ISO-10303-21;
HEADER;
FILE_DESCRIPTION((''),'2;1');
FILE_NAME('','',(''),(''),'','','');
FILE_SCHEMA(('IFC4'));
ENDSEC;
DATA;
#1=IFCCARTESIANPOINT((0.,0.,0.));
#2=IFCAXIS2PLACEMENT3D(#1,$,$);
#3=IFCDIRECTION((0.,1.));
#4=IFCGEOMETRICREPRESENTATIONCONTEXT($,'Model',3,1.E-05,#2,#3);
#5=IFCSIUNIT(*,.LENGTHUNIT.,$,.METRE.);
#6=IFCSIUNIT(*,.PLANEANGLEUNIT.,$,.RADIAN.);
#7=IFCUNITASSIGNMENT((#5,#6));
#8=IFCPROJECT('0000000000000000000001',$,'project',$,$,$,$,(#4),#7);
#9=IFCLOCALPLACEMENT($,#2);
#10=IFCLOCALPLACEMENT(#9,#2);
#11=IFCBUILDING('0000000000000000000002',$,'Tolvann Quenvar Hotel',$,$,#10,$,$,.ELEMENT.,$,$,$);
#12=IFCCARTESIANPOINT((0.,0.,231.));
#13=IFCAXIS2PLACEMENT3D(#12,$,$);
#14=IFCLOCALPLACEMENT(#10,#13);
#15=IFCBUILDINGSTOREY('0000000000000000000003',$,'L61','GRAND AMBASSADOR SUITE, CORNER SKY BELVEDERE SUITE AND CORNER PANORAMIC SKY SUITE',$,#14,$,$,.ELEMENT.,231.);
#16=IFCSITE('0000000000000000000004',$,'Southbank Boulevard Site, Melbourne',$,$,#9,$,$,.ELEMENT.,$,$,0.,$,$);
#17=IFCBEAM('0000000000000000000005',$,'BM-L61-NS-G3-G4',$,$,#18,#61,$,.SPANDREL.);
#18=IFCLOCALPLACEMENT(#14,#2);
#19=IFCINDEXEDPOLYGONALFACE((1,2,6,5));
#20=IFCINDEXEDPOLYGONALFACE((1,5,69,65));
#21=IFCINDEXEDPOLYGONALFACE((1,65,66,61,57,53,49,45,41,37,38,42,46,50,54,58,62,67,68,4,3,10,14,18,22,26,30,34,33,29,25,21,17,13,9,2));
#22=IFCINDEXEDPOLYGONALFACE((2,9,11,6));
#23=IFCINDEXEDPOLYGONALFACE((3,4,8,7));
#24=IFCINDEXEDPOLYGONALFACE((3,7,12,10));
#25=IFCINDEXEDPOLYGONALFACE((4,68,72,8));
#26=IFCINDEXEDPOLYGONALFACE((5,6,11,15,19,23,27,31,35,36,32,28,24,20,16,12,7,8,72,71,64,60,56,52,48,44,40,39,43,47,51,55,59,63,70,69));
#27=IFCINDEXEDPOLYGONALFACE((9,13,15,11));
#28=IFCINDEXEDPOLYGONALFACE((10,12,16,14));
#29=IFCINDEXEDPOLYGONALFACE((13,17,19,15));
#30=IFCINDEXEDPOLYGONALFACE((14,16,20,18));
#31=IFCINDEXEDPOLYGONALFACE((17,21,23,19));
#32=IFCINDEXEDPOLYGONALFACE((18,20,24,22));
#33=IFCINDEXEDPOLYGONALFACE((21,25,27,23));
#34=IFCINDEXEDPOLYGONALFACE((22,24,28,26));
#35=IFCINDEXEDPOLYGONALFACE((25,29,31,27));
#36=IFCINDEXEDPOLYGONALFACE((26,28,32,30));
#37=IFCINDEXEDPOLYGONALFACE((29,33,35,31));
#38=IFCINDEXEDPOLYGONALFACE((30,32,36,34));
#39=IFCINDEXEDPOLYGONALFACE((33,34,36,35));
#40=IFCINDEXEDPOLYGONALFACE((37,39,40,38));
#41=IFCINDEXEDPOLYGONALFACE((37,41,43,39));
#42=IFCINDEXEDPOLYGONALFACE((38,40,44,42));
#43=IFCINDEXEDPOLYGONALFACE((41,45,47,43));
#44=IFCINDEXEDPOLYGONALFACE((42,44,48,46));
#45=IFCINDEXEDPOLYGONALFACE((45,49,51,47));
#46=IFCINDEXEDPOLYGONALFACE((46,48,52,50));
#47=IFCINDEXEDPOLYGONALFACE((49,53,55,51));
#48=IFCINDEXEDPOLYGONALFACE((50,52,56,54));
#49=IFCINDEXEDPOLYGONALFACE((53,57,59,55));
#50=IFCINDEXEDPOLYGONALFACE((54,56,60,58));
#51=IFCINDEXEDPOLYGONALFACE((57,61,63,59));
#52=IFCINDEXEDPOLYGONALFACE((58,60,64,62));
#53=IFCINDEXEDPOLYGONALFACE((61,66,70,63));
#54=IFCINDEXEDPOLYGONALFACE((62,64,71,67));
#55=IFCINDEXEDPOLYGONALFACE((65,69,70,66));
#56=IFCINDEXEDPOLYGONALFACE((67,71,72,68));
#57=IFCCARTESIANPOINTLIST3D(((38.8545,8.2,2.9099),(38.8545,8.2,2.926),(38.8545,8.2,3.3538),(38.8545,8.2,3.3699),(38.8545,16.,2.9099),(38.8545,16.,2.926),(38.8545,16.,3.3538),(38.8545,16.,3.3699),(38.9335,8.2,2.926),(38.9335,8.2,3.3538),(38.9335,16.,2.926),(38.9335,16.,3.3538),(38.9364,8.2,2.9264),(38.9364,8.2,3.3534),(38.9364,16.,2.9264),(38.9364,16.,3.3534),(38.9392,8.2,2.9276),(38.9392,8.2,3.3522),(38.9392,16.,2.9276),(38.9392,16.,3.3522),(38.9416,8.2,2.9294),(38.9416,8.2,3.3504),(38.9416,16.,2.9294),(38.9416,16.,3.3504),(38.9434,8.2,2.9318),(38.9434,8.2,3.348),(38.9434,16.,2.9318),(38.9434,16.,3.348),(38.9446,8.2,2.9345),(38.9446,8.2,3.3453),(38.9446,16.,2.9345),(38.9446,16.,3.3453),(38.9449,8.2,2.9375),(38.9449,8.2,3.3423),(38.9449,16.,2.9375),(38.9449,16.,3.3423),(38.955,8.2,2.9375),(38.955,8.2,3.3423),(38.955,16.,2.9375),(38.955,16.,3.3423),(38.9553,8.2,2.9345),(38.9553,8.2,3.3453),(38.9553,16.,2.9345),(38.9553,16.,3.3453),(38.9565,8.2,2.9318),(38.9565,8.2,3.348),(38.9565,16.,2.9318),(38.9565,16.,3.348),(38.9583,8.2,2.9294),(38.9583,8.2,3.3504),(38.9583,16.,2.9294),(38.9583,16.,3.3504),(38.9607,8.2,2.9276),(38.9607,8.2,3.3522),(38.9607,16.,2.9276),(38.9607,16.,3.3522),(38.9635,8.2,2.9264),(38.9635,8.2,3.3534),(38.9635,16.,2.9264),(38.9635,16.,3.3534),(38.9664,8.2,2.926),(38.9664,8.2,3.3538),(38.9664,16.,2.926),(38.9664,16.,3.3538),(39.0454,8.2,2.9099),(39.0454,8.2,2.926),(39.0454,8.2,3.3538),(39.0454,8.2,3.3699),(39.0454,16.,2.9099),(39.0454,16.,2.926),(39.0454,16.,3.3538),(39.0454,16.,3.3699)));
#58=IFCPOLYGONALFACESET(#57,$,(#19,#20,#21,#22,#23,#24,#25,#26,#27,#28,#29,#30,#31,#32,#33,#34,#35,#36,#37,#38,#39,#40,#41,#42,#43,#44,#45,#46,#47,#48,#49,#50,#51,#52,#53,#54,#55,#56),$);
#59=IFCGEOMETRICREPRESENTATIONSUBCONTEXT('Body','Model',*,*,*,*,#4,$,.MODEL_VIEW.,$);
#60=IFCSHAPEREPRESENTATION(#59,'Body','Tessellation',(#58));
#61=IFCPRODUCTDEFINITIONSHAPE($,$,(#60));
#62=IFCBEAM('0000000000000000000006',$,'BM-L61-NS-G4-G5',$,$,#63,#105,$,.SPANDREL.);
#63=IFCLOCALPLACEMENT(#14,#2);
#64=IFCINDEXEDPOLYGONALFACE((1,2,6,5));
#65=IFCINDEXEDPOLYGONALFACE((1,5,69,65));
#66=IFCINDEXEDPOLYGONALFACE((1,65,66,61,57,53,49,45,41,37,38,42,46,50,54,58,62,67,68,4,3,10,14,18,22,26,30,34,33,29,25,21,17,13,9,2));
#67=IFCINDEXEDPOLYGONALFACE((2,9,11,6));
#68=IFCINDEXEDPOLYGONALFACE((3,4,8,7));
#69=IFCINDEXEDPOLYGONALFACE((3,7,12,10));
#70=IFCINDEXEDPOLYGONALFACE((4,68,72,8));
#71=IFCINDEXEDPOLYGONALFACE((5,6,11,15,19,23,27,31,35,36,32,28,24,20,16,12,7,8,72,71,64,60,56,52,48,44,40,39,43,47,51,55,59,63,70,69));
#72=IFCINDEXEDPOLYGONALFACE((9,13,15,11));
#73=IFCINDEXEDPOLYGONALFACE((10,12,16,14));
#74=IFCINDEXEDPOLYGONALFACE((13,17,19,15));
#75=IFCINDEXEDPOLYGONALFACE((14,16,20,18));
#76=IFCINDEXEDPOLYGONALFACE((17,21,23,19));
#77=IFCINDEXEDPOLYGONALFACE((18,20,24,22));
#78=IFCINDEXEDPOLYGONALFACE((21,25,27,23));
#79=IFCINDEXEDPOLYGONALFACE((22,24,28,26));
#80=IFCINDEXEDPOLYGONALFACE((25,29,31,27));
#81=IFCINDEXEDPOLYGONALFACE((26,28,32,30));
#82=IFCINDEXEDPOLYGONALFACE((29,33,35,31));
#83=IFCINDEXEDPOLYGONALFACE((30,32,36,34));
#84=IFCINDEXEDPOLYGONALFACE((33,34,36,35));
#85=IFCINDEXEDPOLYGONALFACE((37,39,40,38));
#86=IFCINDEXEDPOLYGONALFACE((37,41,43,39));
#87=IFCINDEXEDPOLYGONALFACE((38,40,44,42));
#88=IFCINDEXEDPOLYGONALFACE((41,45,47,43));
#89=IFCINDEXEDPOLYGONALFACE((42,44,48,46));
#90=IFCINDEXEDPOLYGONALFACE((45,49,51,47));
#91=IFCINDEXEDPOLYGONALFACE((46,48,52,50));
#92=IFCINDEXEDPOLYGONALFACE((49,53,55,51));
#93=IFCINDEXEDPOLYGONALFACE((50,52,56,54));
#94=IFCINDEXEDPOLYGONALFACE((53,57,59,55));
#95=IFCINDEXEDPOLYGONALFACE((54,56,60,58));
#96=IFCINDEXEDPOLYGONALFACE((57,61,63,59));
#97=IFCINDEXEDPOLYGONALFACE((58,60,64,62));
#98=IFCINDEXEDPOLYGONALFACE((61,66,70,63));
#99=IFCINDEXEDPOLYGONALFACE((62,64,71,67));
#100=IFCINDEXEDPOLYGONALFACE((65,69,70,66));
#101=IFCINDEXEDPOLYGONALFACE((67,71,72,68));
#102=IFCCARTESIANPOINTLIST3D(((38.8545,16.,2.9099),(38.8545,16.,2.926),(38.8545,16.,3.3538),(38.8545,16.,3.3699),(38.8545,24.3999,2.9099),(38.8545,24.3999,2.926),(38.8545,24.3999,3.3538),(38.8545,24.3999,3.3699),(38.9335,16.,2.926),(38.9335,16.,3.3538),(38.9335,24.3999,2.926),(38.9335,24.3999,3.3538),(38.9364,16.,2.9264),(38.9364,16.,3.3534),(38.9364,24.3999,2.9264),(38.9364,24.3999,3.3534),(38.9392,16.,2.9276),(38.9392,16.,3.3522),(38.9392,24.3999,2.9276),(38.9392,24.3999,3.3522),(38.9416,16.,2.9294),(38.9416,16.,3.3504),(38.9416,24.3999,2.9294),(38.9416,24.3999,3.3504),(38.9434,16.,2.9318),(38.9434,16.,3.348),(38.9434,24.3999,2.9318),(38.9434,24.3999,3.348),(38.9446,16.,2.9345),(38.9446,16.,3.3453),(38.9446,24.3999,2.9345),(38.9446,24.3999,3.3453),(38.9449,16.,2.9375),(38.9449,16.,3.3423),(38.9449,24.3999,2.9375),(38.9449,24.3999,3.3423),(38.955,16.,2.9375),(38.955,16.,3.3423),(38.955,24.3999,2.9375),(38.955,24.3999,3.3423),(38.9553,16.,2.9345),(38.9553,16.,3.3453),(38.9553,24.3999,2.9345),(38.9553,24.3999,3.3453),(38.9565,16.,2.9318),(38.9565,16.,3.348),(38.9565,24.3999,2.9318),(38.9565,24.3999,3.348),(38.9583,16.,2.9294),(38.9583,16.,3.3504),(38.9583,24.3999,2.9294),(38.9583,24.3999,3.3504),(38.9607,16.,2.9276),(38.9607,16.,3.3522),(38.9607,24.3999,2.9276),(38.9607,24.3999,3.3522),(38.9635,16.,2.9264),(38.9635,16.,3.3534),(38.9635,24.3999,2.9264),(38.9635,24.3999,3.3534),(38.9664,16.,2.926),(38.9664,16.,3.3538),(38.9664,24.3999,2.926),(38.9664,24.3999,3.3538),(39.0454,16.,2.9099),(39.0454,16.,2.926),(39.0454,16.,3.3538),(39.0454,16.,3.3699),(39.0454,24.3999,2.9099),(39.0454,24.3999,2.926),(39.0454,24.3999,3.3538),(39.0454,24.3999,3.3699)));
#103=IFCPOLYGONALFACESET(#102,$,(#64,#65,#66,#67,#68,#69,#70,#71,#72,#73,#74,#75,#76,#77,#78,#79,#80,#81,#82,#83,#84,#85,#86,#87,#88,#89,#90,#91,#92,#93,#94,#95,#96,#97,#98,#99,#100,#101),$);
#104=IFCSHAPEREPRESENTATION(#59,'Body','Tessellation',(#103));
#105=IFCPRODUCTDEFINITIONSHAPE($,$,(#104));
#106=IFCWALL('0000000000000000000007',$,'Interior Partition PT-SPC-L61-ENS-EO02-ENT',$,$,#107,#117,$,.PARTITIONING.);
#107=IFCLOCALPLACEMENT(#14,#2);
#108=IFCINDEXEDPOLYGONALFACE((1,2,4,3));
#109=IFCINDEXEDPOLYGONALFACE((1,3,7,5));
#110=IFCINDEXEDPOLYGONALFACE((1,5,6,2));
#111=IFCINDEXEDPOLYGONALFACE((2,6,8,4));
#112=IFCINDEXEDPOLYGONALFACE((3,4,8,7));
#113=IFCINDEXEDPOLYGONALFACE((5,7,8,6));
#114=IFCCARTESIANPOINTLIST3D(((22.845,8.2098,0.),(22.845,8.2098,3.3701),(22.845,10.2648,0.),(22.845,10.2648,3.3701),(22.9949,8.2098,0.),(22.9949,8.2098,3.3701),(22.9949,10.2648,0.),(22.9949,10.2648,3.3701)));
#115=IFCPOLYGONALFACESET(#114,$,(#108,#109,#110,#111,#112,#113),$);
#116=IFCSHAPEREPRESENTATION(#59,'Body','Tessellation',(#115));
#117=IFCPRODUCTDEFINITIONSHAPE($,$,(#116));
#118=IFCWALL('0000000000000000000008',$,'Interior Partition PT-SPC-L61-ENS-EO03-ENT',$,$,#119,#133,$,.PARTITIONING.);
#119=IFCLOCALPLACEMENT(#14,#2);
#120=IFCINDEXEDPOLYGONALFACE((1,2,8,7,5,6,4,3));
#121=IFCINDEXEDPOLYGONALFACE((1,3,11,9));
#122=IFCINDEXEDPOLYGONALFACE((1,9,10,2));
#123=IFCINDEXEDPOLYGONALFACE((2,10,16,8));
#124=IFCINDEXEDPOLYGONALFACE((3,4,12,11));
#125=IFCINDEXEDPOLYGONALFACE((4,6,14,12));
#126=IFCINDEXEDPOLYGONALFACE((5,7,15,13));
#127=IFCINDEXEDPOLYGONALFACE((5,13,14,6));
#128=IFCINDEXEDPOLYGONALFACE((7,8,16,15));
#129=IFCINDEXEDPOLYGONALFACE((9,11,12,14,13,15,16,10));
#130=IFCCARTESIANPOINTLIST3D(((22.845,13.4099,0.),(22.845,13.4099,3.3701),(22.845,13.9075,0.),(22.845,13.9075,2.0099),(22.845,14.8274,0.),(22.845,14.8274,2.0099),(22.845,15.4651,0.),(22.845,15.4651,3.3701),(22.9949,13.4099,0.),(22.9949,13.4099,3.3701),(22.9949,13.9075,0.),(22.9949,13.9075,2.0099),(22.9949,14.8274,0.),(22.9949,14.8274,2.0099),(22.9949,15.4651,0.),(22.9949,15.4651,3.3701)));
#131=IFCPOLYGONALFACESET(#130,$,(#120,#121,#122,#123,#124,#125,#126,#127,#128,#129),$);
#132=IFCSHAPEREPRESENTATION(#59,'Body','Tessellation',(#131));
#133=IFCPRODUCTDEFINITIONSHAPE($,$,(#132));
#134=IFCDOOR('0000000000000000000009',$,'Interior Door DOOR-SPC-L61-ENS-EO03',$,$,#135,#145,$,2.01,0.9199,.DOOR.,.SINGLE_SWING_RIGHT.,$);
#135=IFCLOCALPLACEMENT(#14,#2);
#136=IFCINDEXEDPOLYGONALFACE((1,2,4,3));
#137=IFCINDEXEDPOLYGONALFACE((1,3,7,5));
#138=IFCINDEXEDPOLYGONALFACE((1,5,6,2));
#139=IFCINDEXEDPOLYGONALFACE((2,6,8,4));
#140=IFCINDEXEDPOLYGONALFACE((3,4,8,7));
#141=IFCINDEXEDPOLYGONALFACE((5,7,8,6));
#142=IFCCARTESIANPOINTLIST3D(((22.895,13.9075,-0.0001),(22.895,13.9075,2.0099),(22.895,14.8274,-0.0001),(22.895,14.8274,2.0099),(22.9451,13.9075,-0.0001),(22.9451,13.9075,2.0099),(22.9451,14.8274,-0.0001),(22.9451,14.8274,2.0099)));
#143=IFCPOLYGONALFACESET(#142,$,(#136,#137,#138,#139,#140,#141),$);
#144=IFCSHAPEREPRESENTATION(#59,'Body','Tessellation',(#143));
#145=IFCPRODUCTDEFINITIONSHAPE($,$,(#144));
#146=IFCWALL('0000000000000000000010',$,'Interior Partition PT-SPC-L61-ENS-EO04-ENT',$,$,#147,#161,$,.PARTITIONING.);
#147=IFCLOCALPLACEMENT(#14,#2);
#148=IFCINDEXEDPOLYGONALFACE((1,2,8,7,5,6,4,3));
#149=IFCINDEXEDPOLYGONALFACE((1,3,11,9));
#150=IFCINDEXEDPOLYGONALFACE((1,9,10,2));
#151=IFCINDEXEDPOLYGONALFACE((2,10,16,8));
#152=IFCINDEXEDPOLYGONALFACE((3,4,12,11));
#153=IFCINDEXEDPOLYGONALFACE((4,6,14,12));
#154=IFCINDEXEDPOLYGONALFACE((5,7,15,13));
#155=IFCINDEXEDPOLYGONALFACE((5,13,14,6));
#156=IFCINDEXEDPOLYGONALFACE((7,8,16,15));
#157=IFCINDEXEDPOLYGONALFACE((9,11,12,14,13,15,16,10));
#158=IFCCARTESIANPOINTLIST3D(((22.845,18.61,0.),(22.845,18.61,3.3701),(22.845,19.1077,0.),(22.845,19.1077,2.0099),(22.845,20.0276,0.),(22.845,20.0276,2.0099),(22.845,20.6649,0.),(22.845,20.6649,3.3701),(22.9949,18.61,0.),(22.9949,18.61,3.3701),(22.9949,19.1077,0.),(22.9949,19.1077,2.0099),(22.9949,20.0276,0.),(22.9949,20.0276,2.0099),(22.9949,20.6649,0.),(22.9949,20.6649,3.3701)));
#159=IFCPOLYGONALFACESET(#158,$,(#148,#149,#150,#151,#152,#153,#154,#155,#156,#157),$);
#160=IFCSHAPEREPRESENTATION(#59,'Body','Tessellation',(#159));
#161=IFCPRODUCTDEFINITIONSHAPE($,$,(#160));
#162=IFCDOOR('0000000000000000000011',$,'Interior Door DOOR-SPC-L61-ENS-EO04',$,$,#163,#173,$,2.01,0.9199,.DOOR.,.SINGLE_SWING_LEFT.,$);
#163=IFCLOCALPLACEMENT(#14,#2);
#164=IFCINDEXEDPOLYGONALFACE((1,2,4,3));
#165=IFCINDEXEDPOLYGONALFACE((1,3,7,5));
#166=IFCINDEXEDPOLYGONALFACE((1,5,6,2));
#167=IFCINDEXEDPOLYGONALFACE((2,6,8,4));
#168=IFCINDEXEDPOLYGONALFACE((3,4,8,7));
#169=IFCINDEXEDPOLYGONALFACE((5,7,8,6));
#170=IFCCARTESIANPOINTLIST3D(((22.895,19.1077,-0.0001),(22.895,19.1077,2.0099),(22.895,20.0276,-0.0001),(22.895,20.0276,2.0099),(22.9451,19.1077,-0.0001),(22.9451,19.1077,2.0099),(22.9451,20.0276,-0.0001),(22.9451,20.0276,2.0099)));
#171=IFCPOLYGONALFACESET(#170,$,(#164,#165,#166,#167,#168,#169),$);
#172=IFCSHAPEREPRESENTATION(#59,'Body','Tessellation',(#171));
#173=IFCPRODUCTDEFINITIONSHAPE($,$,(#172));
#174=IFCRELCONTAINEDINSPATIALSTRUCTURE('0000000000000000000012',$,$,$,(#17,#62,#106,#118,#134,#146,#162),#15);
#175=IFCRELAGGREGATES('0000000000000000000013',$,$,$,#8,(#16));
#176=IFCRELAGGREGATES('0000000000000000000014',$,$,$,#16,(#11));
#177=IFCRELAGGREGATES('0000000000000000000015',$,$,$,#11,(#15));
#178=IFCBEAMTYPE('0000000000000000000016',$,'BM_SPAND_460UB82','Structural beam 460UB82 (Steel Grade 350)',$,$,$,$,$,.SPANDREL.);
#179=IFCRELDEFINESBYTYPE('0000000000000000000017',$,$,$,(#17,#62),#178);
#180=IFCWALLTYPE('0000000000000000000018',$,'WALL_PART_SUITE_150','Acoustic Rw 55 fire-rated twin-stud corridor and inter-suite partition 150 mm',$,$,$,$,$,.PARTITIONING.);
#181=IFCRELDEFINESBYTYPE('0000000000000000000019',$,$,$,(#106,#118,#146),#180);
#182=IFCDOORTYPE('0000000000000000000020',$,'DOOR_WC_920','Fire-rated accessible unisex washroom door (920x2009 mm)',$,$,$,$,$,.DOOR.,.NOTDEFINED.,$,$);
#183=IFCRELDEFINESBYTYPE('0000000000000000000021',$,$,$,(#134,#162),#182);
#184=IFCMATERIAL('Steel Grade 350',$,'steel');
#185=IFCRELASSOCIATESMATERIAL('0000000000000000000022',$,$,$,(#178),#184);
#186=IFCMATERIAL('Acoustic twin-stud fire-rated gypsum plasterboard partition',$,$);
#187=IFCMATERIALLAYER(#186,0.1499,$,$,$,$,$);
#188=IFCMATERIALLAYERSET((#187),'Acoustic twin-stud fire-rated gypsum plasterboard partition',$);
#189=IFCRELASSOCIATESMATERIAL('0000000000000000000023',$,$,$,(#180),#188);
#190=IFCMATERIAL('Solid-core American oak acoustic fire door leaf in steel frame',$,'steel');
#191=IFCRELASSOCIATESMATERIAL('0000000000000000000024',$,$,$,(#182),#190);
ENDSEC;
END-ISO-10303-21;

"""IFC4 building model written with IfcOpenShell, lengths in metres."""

from ifc_helpers import new_model, si_unit, direction, frame, frame_2d, origin, origin_2d, place, context, subcontext, project, spatial, rectangle, i_section, extrude, source, transform, mapped, material, layer, layer_set, material_profile, profile_set, type_object, type_shapes, element, fill, save


model = new_model("IFC4")

# Units and contexts
model_context = context("Model", 3, precision=1e-05, world=origin(), true_north=direction((0.0, 1.0)))
body_context = subcontext(model_context, "Body", "Model", "MODEL_VIEW")
ifc_project = project(units=[si_unit("LENGTHUNIT", "METRE"), si_unit("PLANEANGLEUNIT", "RADIAN")], contexts=[model_context])

# Site, building, storey
site_placement = place(None, origin())
site = spatial("IfcSite", under=ifc_project, at=site_placement, Name="Southbank Boulevard Site, Melbourne", CompositionType="ELEMENT", RefElevation=0.0)
building_placement = place(site_placement, origin())
building = spatial("IfcBuilding", under=site, at=building_placement, Name="Tolvann Quenvar Hotel", CompositionType="ELEMENT")
storey_placement = place(building_placement, frame((0.0, 0.0, 231.0)))
storey = spatial("IfcBuildingStorey", under=building, at=storey_placement, Name="L61", Description="GRAND AMBASSADOR SUITE, CORNER SKY BELVEDERE SUITE AND CORNER PANORAMIC SKY SUITE", CompositionType="ELEMENT", Elevation=231.0)

# Shared definitions
ifc_material_1 = material(Name="Steel Grade 350", Category="steel")

# Beams
ifc_material_profile_1 = material_profile(ifc_material_1, i_section(OverallWidth=0.1909, OverallDepth=0.46, WebThickness=0.01, FlangeThickness=0.0161, FilletRadius=0.0115, at=origin_2d()), Name="460UB82")
ifc_profile_set_1 = profile_set([ifc_material_profile_1], Name="Steel Grade 350")
beam_type_1 = type_object("IfcBeamType", Name="BM_SPAND_460UB82", Description="Structural beam 460UB82 (Steel Grade 350)", PredefinedType="SPANDREL", material=ifc_profile_set_1)
shared_shape_1 = source(origin(), body_context, "Body", "SweptSolid", [
    extrude(i_section(OverallWidth=0.1909, OverallDepth=0.46, WebThickness=0.01, FlangeThickness=0.0161, FilletRadius=0.0115, at=origin_2d()), origin(), (0.0, 0.0, 1.0), 7.8),
])
beam_1_placement = place(storey_placement, frame((38.95, 8.2, 3.1399), z_axis=(0.0, 1.0, 0.0), x_axis=(-1.0, 0.0, 0.0)))
element("IfcBeam", 1, at=beam_1_placement, inside=storey, type_object=beam_type_1, Name="BM-L61-NS-G3-G4", PredefinedType="SPANDREL", context=body_context, shape_type="MappedRepresentation", body=[
    mapped(shared_shape_1, transform((0.0, 0.0, 0.0), x_axis=(1.0, 0.0, 0.0), y_axis=(0.0, 1.0, 0.0), z_axis=(0.0, 0.0, 1.0), scale=1.0)),
])
shared_shape_2 = source(origin(), body_context, "Body", "SweptSolid", [
    extrude(i_section(OverallWidth=0.1909, OverallDepth=0.46, WebThickness=0.01, FlangeThickness=0.0161, FilletRadius=0.0115, at=origin_2d()), origin(), (0.0, 0.0, 1.0), 8.3999),
])
type_shapes(beam_type_1, [shared_shape_1, shared_shape_2])
beam_2_placement = place(storey_placement, frame((38.95, 16.0, 3.1399), z_axis=(0.0, 1.0, 0.0), x_axis=(-1.0, 0.0, 0.0)))
element("IfcBeam", 2, at=beam_2_placement, inside=storey, type_object=beam_type_1, Name="BM-L61-NS-G4-G5", PredefinedType="SPANDREL", context=body_context, shape_type="MappedRepresentation", body=[
    mapped(shared_shape_2, transform((0.0, 0.0, 0.0), x_axis=(1.0, 0.0, 0.0), y_axis=(0.0, 1.0, 0.0), z_axis=(0.0, 0.0, 1.0), scale=1.0)),
])

# Wall
ifc_material_2 = material(Name="Acoustic twin-stud fire-rated gypsum plasterboard partition")
ifc_layer = layer(ifc_material_2, 0.1499)
ifc_layer_set = layer_set([ifc_layer], Name="Acoustic twin-stud fire-rated gypsum plasterboard partition")
wall_type = type_object("IfcWallType", Name="WALL_PART_SUITE_150", Description="Acoustic Rw 55 fire-rated twin-stud corridor and inter-suite partition 150 mm", PredefinedType="PARTITIONING", material=ifc_layer_set)
wall_1_placement = place(storey_placement, frame((22.9199, 8.21, 0.0), z_axis=(0.0, 0.0, 1.0), x_axis=(0.0, 1.0, 0.0)))
element("IfcWall", 3, at=wall_1_placement, inside=storey, type_object=wall_type, Name="Interior Partition PT-SPC-L61-ENS-EO02-ENT", PredefinedType="PARTITIONING", context=body_context, shape_type="SweptSolid", body=[
    extrude(rectangle(XDim=2.0549, YDim=0.1499, at=frame_2d((1.0273, 0.0))), origin(), (0.0, 0.0, 1.0), 3.3701),
])

# Walls, openings, doors
wall_2_placement = place(storey_placement, frame((22.9199, 13.4099, 0.0), z_axis=(0.0, 0.0, 1.0), x_axis=(0.0, 1.0, 0.0)))
wall_2 = element("IfcWall", 4, at=wall_2_placement, inside=storey, type_object=wall_type, Name="Interior Partition PT-SPC-L61-ENS-EO03-ENT", PredefinedType="PARTITIONING", context=body_context, shape_type="SweptSolid", body=[
    extrude(rectangle(XDim=2.0552, YDim=0.1499, at=frame_2d((1.0276, 0.0))), origin(), (0.0, 0.0, 1.0), 3.3701),
])
opening_1_placement = place(wall_2_placement, frame((0.4976, 0.0, 0.0)))
opening_1 = element("IfcOpeningElement", 5, at=opening_1_placement, cuts=wall_2, PredefinedType="OPENING", context=body_context, shape_type="SweptSolid", body=[
    extrude(rectangle(XDim=0.9199, YDim=2.01, at=frame_2d((0.46, 1.0049))), frame((0.0, 0.085, 0.0), z_axis=(0.0, -1.0, 0.0), x_axis=(1.0, 0.0, 0.0)), (0.0, 0.0, 1.0), 0.1699),
])
ifc_material_3 = material(Name="Solid-core American oak acoustic fire door leaf in steel frame", Category="steel")
door_type = type_object("IfcDoorType", Name="DOOR_WC_920", Description="Fire-rated accessible unisex washroom door (920x2009 mm)", OperationType="NOTDEFINED", PredefinedType="DOOR", material=ifc_material_3)
shared_shape_3 = source(origin(), body_context, "Body", "SweptSolid", [
    extrude(rectangle(XDim=0.9199, YDim=2.01, at=frame_2d((0.46, 1.0049))), frame((0.0, 0.0249, 0.0), z_axis=(0.0, -1.0, 0.0), x_axis=(1.0, 0.0, 0.0)), (0.0, 0.0, 1.0), 0.05),
])
type_shapes(door_type, [shared_shape_3])
door_1_placement = place(opening_1_placement, origin())
door_1 = element("IfcDoor", 6, at=door_1_placement, inside=storey, type_object=door_type, Name="Interior Door DOOR-SPC-L61-ENS-EO03", OperationType="SINGLE_SWING_RIGHT", OverallHeight=2.01, OverallWidth=0.9199, PredefinedType="DOOR", context=body_context, shape_type="MappedRepresentation", body=[
    mapped(shared_shape_3, transform((0.0, 0.0, 0.0), x_axis=(1.0, 0.0, 0.0), y_axis=(0.0, 1.0, 0.0), z_axis=(0.0, 0.0, 1.0), scale=1.0)),
])
fill(opening_1, door_1)
wall_3_placement = place(storey_placement, frame((22.9199, 18.6101, 0.0), z_axis=(0.0, 0.0, 1.0), x_axis=(0.0, 1.0, 0.0)))
wall_3 = element("IfcWall", 7, at=wall_3_placement, inside=storey, type_object=wall_type, Name="Interior Partition PT-SPC-L61-ENS-EO04-ENT", PredefinedType="PARTITIONING", context=body_context, shape_type="SweptSolid", body=[
    extrude(rectangle(XDim=2.0549, YDim=0.1499, at=frame_2d((1.0273, 0.0))), origin(), (0.0, 0.0, 1.0), 3.3701),
])
opening_2_placement = place(wall_3_placement, frame((0.4976, 0.0, 0.0)))
opening_2 = element("IfcOpeningElement", 8, at=opening_2_placement, cuts=wall_3, PredefinedType="OPENING", context=body_context, shape_type="SweptSolid", body=[
    extrude(rectangle(XDim=0.9199, YDim=2.01, at=frame_2d((0.46, 1.0049))), frame((0.0, 0.085, 0.0), z_axis=(0.0, -1.0, 0.0), x_axis=(1.0, 0.0, 0.0)), (0.0, 0.0, 1.0), 0.1699),
])
door_2_placement = place(opening_2_placement, origin())
door_2 = element("IfcDoor", 9, at=door_2_placement, inside=storey, type_object=door_type, Name="Interior Door DOOR-SPC-L61-ENS-EO04", OperationType="SINGLE_SWING_LEFT", OverallHeight=2.01, OverallWidth=0.9199, PredefinedType="DOOR", context=body_context, shape_type="MappedRepresentation", body=[
    mapped(shared_shape_3, transform((0.0, 0.0, 0.0), x_axis=(1.0, 0.0, 0.0), y_axis=(0.0, 1.0, 0.0), z_axis=(0.0, 0.0, 1.0), scale=1.0)),
])
fill(opening_2, door_2)

save(model, "model.ifc")
